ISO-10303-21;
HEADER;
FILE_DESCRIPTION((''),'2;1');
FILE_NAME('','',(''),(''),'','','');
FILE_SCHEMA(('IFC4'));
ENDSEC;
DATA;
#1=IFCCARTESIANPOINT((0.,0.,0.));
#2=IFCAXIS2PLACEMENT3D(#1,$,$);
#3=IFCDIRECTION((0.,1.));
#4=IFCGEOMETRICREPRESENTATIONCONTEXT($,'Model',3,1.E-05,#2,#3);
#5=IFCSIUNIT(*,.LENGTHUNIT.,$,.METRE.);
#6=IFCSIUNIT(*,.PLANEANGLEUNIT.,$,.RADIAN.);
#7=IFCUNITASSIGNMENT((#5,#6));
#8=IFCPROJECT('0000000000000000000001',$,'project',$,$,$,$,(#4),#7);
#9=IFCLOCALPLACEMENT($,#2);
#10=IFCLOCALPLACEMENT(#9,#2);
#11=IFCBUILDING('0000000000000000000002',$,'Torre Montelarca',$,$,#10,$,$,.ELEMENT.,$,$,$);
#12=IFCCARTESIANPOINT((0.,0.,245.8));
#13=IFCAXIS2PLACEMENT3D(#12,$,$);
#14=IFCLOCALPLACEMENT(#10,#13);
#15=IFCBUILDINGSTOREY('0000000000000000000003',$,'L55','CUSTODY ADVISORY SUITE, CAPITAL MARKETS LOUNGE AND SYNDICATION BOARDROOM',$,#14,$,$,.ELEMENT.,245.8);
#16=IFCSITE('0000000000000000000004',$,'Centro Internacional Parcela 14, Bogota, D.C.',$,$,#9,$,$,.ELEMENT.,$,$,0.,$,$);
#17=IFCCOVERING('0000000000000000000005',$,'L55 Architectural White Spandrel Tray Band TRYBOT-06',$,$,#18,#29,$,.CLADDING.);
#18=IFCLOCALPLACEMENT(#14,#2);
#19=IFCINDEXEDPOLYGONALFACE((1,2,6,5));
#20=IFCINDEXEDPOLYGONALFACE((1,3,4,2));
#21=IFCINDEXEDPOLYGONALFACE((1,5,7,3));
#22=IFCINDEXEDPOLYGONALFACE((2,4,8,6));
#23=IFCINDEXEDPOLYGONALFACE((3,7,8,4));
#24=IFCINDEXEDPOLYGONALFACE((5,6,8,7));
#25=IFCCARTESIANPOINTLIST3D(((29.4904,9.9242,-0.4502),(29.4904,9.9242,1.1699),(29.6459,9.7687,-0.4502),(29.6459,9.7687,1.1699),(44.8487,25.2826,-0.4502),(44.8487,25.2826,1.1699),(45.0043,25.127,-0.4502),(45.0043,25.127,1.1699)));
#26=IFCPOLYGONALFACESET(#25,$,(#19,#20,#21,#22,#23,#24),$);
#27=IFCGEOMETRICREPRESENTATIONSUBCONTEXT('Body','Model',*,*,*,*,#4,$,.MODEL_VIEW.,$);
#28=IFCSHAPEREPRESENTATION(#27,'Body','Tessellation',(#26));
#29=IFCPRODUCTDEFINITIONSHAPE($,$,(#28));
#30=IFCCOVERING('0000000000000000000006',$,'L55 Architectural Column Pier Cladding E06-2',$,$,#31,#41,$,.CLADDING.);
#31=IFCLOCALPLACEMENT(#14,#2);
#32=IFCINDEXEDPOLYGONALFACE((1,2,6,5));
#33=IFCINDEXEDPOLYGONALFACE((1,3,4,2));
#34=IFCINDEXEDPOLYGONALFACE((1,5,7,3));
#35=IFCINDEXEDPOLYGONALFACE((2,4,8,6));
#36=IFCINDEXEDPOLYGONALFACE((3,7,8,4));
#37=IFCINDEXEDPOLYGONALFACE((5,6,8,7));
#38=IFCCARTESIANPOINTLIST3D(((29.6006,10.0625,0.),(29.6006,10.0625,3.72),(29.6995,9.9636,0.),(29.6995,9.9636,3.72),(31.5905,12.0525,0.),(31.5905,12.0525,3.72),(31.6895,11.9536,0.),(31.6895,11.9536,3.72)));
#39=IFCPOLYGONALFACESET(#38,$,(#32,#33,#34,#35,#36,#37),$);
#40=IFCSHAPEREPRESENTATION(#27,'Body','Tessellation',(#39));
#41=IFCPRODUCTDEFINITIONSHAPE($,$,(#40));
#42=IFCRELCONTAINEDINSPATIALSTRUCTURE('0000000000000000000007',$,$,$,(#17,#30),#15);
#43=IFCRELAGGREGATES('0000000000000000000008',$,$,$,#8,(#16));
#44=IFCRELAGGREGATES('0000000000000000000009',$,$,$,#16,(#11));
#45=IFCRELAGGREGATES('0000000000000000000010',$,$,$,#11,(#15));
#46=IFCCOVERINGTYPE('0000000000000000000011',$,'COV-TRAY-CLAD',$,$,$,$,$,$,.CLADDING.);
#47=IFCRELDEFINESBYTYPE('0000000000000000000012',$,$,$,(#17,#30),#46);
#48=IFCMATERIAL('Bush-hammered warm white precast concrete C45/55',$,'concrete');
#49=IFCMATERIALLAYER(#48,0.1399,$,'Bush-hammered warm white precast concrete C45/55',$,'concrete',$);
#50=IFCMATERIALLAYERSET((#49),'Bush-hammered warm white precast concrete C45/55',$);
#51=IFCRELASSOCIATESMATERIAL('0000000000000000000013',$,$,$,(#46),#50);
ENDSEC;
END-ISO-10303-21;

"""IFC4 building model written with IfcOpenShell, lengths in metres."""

from ifc_helpers import new_model, si_unit, direction, frame, origin, origin_2d, place, context, subcontext, project, spatial, rectangle, extrude, source, transform, mapped, material, layer, layer_set, type_object, element, save


model = new_model("IFC4")

# Units and contexts
model_context = context("Model", 3, precision=1e-05, world=origin(), true_north=direction((0.0, 1.0)))
body_context = subcontext(model_context, "Body", "Model", "MODEL_VIEW")
ifc_project = project(units=[si_unit("LENGTHUNIT", "METRE"), si_unit("PLANEANGLEUNIT", "RADIAN")], contexts=[model_context])

# Site, building, storey
site_placement = place(None, origin())
site = spatial("IfcSite", under=ifc_project, at=site_placement, Name="Centro Internacional Parcela 14, Bogota, D.C.", CompositionType="ELEMENT", RefElevation=0.0)
building_placement = place(site_placement, origin())
building = spatial("IfcBuilding", under=site, at=building_placement, Name="Torre Montelarca", CompositionType="ELEMENT")
storey_placement = place(building_placement, frame((0.0, 0.0, 245.8)))
storey = spatial("IfcBuildingStorey", under=building, at=storey_placement, Name="L55", Description="CUSTODY ADVISORY SUITE, CAPITAL MARKETS LOUNGE AND SYNDICATION BOARDROOM", CompositionType="ELEMENT", Elevation=245.8)

# Coverings
ifc_material_1 = material(Name="Bush-hammered warm white precast concrete C45/55", Category="concrete")
ifc_layer_1 = layer(ifc_material_1, 0.1399, Name="Bush-hammered warm white precast concrete C45/55", Category="concrete")
ifc_layer_set_1 = layer_set([ifc_layer_1], Name="Bush-hammered warm white precast concrete C45/55")
covering_type = type_object("IfcCoveringType", Name="COV-TRAY-CLAD", PredefinedType="CLADDING", material=ifc_layer_set_1)
shared_shape_1 = source(origin(), body_context, "Body", "SweptSolid", [
    extrude(rectangle(XDim=21.72, YDim=0.22, at=origin_2d()), origin(), (0.0, 0.0, 1.0), 1.6201),
])
covering_1_placement = place(storey_placement, frame((37.2473, 17.5256, -0.4502), z_axis=(0.0, 0.0, 1.0), x_axis=(0.707107, 0.707107, 0.0)))
element("IfcCovering", 1, at=covering_1_placement, inside=storey, type_object=covering_type, Name="L55 Architectural White Spandrel Tray Band TRYBOT-06", PredefinedType="CLADDING", context=body_context, shape_type="MappedRepresentation", body=[
    mapped(shared_shape_1, transform((0.0, 0.0, 0.0), scale=1.0)),
])
shared_shape_2 = source(origin(), body_context, "Body", "SweptSolid", [
    extrude(rectangle(XDim=2.8142, YDim=0.1399, at=origin_2d()), origin(), (0.0, 0.0, 1.0), 3.72),
])
covering_2_placement = place(storey_placement, frame((30.645, 11.0081, 0.0), z_axis=(0.0, 0.0, 1.0), x_axis=(0.707107, 0.707107, 0.0)))
element("IfcCovering", 2, at=covering_2_placement, inside=storey, type_object=covering_type, Name="L55 Architectural Column Pier Cladding E06-2", PredefinedType="CLADDING", context=body_context, shape_type="MappedRepresentation", body=[
    mapped(shared_shape_2, transform((0.0, 0.0, 0.0), scale=1.0)),
])

save(model, "model.ifc")
